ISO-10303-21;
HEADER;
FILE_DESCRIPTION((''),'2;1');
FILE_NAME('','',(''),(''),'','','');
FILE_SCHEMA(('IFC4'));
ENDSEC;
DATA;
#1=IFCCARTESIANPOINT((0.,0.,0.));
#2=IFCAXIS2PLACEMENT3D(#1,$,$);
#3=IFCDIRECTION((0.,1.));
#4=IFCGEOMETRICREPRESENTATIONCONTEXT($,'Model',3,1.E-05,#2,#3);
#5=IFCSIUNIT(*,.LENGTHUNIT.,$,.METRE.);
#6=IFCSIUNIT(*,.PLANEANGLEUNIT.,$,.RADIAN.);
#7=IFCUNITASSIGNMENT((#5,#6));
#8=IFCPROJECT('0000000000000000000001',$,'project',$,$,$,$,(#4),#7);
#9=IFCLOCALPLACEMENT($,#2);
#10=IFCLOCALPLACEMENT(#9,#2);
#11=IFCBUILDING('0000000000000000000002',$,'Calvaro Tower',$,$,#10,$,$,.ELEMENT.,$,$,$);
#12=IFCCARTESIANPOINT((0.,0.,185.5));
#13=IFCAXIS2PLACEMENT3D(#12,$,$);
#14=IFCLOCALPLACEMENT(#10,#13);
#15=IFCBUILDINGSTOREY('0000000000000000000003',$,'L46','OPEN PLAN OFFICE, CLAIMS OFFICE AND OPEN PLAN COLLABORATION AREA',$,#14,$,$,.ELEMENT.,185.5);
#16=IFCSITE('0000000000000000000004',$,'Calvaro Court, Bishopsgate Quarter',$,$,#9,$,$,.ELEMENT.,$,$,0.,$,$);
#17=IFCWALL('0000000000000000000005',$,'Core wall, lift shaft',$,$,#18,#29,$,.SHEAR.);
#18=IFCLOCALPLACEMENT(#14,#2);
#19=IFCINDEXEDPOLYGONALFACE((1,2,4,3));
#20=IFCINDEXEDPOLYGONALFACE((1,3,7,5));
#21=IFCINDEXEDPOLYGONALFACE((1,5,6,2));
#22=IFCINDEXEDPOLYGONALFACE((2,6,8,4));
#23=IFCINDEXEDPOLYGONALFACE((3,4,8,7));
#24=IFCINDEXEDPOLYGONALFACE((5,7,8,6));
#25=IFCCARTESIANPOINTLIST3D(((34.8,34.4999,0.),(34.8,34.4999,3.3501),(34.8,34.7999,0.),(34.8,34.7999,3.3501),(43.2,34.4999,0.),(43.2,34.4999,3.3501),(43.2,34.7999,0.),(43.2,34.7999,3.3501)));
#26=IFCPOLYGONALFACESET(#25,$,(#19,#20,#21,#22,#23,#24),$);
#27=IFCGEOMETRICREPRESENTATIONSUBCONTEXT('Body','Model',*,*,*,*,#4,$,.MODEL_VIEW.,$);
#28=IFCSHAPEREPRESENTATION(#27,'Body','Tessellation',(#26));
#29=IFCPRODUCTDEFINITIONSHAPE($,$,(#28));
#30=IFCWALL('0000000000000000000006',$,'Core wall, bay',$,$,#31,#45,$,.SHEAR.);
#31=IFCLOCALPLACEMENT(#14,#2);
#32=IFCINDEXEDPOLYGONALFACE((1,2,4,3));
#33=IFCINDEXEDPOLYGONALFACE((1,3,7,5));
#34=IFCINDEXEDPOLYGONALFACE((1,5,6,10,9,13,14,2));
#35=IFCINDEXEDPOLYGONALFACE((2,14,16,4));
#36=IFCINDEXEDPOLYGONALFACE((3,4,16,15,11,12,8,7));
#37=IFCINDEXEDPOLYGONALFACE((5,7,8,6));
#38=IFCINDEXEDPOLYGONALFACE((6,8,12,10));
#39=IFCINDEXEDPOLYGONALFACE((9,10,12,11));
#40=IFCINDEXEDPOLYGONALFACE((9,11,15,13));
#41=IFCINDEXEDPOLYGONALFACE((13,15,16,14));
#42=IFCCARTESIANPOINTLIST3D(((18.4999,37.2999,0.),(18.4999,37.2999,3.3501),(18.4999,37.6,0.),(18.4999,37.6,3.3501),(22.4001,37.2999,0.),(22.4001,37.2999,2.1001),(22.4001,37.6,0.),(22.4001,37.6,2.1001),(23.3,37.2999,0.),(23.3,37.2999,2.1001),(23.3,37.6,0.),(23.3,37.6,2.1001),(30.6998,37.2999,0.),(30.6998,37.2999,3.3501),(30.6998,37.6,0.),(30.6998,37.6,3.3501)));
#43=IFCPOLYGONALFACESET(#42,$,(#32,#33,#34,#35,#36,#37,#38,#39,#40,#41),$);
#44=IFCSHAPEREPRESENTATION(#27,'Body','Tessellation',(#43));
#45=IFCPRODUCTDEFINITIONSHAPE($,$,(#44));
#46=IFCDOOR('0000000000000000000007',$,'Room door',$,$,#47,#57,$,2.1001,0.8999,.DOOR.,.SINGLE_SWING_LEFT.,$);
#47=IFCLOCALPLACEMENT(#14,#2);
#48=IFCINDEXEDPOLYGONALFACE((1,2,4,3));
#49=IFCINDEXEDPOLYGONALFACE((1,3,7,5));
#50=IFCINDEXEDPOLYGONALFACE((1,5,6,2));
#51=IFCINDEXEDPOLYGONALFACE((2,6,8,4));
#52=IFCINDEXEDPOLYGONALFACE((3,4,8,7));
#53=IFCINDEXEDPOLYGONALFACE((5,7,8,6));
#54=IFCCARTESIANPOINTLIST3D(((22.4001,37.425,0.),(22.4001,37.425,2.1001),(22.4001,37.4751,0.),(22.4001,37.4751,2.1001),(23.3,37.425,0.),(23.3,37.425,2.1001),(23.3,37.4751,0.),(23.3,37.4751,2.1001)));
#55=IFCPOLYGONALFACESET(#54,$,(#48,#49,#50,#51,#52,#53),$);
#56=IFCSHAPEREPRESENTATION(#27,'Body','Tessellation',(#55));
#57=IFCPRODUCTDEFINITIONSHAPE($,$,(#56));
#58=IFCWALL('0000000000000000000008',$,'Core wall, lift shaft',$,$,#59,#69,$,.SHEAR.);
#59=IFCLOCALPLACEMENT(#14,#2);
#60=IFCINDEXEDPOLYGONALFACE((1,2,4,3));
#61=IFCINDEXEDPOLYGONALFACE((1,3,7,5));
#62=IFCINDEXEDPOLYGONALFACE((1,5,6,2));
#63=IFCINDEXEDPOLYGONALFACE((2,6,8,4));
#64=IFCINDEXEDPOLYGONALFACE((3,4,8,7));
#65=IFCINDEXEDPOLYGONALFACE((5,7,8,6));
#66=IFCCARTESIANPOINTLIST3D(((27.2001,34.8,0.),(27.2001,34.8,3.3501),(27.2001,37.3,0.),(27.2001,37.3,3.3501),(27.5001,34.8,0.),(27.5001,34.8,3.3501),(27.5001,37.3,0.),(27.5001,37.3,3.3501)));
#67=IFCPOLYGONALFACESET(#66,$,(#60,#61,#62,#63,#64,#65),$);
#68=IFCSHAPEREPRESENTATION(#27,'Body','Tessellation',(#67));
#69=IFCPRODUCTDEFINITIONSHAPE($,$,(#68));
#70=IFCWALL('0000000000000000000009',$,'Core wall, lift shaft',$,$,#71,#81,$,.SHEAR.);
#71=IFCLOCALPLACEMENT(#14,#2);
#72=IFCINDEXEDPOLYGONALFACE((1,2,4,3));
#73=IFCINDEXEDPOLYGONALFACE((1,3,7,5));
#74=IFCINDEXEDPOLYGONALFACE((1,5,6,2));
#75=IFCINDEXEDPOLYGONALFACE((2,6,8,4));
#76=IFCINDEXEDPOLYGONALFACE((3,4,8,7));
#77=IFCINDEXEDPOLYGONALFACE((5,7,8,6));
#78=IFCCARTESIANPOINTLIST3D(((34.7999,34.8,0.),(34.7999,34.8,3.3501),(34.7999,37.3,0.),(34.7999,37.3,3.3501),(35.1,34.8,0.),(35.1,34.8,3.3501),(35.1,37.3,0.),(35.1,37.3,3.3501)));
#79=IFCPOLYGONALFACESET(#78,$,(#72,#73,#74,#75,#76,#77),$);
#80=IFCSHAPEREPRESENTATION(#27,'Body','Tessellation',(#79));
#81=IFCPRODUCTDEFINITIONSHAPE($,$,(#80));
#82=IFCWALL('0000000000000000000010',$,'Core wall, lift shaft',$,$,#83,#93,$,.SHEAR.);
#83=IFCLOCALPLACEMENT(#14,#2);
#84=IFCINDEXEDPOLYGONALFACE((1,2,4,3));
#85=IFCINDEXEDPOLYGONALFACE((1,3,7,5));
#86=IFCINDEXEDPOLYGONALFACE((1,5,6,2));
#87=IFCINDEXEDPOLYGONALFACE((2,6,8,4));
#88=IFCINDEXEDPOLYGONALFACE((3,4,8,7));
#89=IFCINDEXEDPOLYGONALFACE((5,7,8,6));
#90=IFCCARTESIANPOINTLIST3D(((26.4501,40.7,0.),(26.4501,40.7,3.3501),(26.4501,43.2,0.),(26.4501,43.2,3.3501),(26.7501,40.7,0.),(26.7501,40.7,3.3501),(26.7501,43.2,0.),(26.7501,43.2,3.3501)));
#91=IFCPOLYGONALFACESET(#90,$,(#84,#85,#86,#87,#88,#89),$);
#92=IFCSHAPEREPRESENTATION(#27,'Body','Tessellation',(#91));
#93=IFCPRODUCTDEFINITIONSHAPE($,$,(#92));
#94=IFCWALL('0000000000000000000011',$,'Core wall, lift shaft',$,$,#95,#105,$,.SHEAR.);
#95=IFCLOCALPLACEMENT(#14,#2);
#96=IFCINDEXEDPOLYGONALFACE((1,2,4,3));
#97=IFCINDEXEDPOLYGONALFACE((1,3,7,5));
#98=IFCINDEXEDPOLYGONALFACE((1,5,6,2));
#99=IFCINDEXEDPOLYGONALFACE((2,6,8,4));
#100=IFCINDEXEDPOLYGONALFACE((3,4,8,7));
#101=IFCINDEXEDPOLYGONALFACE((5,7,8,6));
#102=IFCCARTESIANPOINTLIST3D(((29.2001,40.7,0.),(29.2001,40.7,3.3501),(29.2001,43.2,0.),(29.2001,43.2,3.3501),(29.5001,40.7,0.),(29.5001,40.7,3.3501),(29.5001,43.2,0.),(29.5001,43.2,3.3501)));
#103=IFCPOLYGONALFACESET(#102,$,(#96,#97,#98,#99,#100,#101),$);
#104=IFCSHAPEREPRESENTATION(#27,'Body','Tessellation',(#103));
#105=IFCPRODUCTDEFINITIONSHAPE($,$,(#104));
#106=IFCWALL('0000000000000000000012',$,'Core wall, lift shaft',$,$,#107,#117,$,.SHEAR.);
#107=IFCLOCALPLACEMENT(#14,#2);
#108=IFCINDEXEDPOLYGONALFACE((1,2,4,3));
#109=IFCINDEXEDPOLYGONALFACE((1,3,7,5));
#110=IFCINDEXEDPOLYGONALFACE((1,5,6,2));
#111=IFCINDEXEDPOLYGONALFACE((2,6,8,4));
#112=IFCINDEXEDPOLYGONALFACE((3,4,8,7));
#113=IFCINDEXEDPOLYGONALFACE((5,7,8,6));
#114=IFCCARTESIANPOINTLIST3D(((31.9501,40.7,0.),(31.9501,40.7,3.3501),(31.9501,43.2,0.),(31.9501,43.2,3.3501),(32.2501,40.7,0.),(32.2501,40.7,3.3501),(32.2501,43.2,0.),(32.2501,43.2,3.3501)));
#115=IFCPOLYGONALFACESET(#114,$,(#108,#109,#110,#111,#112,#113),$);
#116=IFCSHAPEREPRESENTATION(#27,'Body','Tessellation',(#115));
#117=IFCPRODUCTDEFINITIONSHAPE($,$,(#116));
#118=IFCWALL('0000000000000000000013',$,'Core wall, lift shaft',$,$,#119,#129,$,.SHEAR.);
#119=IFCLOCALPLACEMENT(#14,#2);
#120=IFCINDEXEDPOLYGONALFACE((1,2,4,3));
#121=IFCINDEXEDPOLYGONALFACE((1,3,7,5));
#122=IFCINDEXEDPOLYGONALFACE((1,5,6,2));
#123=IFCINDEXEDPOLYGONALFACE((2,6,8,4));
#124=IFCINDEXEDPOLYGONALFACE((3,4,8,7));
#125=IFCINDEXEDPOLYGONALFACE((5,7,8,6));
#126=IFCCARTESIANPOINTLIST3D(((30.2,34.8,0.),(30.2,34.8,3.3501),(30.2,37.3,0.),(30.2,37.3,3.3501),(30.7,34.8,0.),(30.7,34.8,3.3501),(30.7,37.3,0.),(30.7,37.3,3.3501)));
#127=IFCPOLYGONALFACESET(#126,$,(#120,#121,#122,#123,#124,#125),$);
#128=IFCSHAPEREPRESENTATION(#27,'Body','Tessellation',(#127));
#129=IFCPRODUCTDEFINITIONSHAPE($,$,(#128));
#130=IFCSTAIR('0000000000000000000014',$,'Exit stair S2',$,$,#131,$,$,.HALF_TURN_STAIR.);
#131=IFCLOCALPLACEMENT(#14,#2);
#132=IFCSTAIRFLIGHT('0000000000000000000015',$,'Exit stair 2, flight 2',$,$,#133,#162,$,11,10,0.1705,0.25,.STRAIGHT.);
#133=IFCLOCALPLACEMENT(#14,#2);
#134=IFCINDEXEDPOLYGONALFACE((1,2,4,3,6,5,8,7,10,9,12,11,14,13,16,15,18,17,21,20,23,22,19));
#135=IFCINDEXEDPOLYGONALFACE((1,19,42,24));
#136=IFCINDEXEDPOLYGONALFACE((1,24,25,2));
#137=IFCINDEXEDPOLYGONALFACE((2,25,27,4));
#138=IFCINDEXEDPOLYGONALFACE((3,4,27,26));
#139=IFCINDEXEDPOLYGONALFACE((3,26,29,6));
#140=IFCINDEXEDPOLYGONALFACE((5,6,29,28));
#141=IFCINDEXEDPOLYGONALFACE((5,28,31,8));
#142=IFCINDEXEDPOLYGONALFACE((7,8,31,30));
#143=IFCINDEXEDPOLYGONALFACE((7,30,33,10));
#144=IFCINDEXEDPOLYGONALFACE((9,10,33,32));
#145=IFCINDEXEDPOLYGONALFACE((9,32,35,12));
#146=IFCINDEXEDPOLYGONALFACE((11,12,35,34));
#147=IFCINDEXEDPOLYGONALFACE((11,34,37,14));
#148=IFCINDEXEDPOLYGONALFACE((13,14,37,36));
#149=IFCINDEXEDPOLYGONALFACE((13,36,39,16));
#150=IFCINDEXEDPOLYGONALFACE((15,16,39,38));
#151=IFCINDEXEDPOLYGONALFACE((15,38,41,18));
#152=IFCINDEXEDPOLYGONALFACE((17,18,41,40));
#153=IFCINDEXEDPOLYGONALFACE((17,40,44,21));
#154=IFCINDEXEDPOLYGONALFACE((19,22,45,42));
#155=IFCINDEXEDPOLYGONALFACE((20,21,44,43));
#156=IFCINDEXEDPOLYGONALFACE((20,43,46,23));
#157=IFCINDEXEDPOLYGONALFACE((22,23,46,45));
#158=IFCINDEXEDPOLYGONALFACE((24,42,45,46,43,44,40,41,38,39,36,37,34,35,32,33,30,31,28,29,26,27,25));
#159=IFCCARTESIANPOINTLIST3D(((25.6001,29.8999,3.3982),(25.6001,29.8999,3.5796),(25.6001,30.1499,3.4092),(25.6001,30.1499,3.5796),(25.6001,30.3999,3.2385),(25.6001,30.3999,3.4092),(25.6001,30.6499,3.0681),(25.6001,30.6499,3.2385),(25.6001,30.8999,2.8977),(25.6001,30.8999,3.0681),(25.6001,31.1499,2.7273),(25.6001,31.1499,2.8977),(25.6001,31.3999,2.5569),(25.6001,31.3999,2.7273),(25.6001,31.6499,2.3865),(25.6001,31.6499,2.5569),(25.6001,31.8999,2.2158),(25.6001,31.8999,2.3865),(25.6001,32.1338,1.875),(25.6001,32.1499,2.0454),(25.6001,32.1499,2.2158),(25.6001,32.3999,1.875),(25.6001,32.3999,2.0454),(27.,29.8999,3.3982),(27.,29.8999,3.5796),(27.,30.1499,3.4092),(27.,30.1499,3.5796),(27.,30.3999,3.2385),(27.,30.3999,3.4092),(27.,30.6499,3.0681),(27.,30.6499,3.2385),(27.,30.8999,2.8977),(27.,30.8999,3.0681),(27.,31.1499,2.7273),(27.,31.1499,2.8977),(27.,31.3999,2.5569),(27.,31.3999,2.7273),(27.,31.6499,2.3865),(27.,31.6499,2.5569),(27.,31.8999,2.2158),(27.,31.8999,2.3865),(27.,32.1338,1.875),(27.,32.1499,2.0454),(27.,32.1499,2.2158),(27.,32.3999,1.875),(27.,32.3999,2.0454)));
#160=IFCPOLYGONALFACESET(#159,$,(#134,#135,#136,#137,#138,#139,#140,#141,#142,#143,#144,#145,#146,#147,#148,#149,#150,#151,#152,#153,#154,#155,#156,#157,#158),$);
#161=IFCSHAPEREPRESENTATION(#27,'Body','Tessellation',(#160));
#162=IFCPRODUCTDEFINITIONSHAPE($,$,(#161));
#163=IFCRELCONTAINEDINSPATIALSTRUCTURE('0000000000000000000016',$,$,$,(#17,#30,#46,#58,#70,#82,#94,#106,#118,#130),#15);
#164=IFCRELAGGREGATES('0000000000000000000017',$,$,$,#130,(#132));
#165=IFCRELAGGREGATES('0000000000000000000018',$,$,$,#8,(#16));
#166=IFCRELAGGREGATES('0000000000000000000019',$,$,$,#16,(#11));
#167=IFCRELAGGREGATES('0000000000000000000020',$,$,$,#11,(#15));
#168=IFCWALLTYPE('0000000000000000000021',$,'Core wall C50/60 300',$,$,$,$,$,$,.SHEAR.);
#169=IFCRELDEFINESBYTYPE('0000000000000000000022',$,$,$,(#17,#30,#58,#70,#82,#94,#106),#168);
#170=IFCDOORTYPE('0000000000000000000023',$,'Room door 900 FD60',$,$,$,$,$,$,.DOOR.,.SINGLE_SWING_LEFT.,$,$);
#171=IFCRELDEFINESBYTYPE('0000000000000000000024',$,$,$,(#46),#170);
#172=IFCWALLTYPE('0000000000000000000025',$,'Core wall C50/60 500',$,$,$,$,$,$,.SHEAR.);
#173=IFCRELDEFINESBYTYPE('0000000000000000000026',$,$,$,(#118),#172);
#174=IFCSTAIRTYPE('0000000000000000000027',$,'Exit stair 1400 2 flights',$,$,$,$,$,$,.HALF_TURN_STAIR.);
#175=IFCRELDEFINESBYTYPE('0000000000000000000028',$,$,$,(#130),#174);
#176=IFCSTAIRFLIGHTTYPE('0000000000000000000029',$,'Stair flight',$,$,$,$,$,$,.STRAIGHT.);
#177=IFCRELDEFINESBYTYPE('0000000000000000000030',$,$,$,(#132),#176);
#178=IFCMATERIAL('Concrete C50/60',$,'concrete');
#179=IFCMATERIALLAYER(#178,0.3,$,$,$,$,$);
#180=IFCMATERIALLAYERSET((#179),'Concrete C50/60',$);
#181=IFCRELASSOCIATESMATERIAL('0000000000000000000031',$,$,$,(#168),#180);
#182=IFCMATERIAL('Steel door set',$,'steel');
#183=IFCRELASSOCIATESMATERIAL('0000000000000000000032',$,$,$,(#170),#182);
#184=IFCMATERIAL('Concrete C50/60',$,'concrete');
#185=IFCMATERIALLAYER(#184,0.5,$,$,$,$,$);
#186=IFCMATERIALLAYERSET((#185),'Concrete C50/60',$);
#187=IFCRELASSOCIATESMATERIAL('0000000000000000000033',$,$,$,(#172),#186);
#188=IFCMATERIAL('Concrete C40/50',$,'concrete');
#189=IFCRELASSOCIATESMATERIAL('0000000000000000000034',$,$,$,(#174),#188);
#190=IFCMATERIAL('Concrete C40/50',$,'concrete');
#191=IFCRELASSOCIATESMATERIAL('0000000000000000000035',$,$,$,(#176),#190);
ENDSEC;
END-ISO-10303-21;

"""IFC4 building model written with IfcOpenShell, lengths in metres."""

from ifc_helpers import new_model, si_unit, direction, frame, frame_2d, origin, place, context, subcontext, project, spatial, polyline, rectangle, outline, extrude, material, layer, layer_set, type_object, element, fill, aggregate, save


model = new_model("IFC4")

# Units and contexts
model_context = context("Model", 3, precision=1e-05, world=origin(), true_north=direction((0.0, 1.0)))
body_context = subcontext(model_context, "Body", "Model", "MODEL_VIEW")
ifc_project = project(units=[si_unit("LENGTHUNIT", "METRE"), si_unit("PLANEANGLEUNIT", "RADIAN")], contexts=[model_context])

# Site, building, storey
site_placement = place(None, origin())
site = spatial("IfcSite", under=ifc_project, at=site_placement, Name="Calvaro Court, Bishopsgate Quarter", CompositionType="ELEMENT", RefElevation=0.0)
building_placement = place(site_placement, origin())
building = spatial("IfcBuilding", under=site, at=building_placement, Name="Calvaro Tower", CompositionType="ELEMENT")
storey_placement = place(building_placement, frame((0.0, 0.0, 185.5)))
storey = spatial("IfcBuildingStorey", under=building, at=storey_placement, Name="L46", Description="OPEN PLAN OFFICE, CLAIMS OFFICE AND OPEN PLAN COLLABORATION AREA", CompositionType="ELEMENT", Elevation=185.5)

# Wall
ifc_material_1 = material(Name="Concrete C50/60", Category="concrete")
ifc_layer_1 = layer(ifc_material_1, 0.3)
ifc_layer_set_1 = layer_set([ifc_layer_1], Name="Concrete C50/60")
wall_type_1 = type_object("IfcWallType", Name="Core wall C50/60 300", PredefinedType="SHEAR", material=ifc_layer_set_1)
wall_1_placement = place(storey_placement, frame((34.8, 34.6499, 0.0), z_axis=(0.0, 0.0, 1.0), x_axis=(1.0, 0.0, 0.0)))
element("IfcWall", 1, at=wall_1_placement, inside=storey, type_object=wall_type_1, Name="Core wall, lift shaft", PredefinedType="SHEAR", context=body_context, shape_type="SweptSolid", body=[
    extrude(rectangle(XDim=8.3999, YDim=0.3, at=frame_2d((4.2, 0.0))), origin(), (0.0, 0.0, 1.0), 3.3501),
])

# Wall, opening, door
wall_2_placement = place(storey_placement, frame((30.7, 37.45, 0.0), z_axis=(0.0, 0.0, 1.0), x_axis=(-1.0, 0.0, 0.0)))
wall_2 = element("IfcWall", 2, at=wall_2_placement, inside=storey, type_object=wall_type_1, Name="Core wall, bay", PredefinedType="SHEAR", context=body_context, shape_type="SweptSolid", body=[
    extrude(rectangle(XDim=12.2, YDim=0.3, at=frame_2d((6.1001, 0.0))), origin(), (0.0, 0.0, 1.0), 3.3501),
])
opening_placement = place(wall_2_placement, frame((7.3999, 0.0, 0.0)))
opening = element("IfcOpeningElement", 3, at=opening_placement, cuts=wall_2, PredefinedType="OPENING", context=body_context, shape_type="SweptSolid", body=[
    extrude(rectangle(XDim=0.8999, YDim=2.1001, at=frame_2d((0.45, 1.05))), frame((0.0, 0.1599, 0.0), z_axis=(0.0, -1.0, 0.0), x_axis=(1.0, 0.0, 0.0)), (0.0, 0.0, 1.0), 0.3201),
])
ifc_material_2 = material(Name="Steel door set", Category="steel")
door_type = type_object("IfcDoorType", Name="Room door 900 FD60", OperationType="SINGLE_SWING_LEFT", PredefinedType="DOOR", material=ifc_material_2)
door_placement = place(opening_placement, origin())
door = element("IfcDoor", 4, at=door_placement, inside=storey, type_object=door_type, Name="Room door", OperationType="SINGLE_SWING_LEFT", OverallHeight=2.1001, OverallWidth=0.8999, PredefinedType="DOOR", context=body_context, shape_type="SweptSolid", body=[
    extrude(rectangle(XDim=0.8999, YDim=2.1001, at=frame_2d((0.45, 1.05))), frame((0.0, 0.0249, 0.0), z_axis=(0.0, -1.0, 0.0), x_axis=(1.0, 0.0, 0.0)), (0.0, 0.0, 1.0), 0.05),
])
fill(opening, door)

# Walls
for number, where, z_axis, x_axis, name in (
    (5, (27.3501, 34.8, 0.0), (0.0, 0.0, 1.0), (0.0, 1.0, 0.0), "Core wall, lift shaft"),
    (6, (34.95, 34.8, 0.0), (0.0, 0.0, 1.0), (0.0, 1.0, 0.0), "Core wall, lift shaft"),
    (7, (26.6001, 40.7, 0.0), (0.0, 0.0, 1.0), (0.0, 1.0, 0.0), "Core wall, lift shaft"),
    (8, (29.3501, 40.7, 0.0), (0.0, 0.0, 1.0), (0.0, 1.0, 0.0), "Core wall, lift shaft"),
    (9, (32.1001, 40.7, 0.0), (0.0, 0.0, 1.0), (0.0, 1.0, 0.0), "Core wall, lift shaft"),
):
    element("IfcWall", number, at=place(storey_placement, frame(where, z_axis=z_axis, x_axis=x_axis)), inside=storey, type_object=wall_type_1, Name=name, PredefinedType="SHEAR", context=body_context, shape_type="SweptSolid", body=[
        extrude(rectangle(XDim=2.5, YDim=0.3, at=frame_2d((1.25, 0.0))), origin(), (0.0, 0.0, 1.0), 3.3501),
    ])
ifc_material_3 = material(Name="Concrete C50/60", Category="concrete")
ifc_layer_2 = layer(ifc_material_3, 0.5)
ifc_layer_set_2 = layer_set([ifc_layer_2], Name="Concrete C50/60")
wall_type_2 = type_object("IfcWallType", Name="Core wall C50/60 500", PredefinedType="SHEAR", material=ifc_layer_set_2)
wall_3_placement = place(storey_placement, frame((30.45, 34.8, 0.0), z_axis=(0.0, 0.0, 1.0), x_axis=(0.0, 1.0, 0.0)))
element("IfcWall", 10, at=wall_3_placement, inside=storey, type_object=wall_type_2, Name="Core wall, lift shaft", PredefinedType="SHEAR", context=body_context, shape_type="SweptSolid", body=[
    extrude(rectangle(XDim=2.5, YDim=0.5, at=frame_2d((1.25, 0.0))), origin(), (0.0, 0.0, 1.0), 3.3501),
])

# Stair, stair flight
ifc_material_4 = material(Name="Concrete C40/50", Category="concrete")
stair_type = type_object("IfcStairType", Name="Exit stair 1400 2 flights", PredefinedType="HALF_TURN_STAIR", material=ifc_material_4)
stair_placement = place(storey_placement, origin())
stair = element("IfcStair", 11, at=stair_placement, inside=storey, type_object=stair_type, Name="Exit stair S2", PredefinedType="HALF_TURN_STAIR")
ifc_material_5 = material(Name="Concrete C40/50", Category="concrete")
stair_flight_type = type_object("IfcStairFlightType", Name="Stair flight", PredefinedType="STRAIGHT", material=ifc_material_5)
stair_flight_placement = place(storey_placement, frame((26.3, 32.3999, 1.875), z_axis=(0.0, 0.0, 1.0), x_axis=(0.0, -1.0, 0.0)))
stair_flight = element("IfcStairFlight", 12, at=stair_flight_placement, type_object=stair_flight_type, Name="Exit stair 2, flight 2", NumberOfRisers=11, NumberOfTreads=10, PredefinedType="STRAIGHT", RiserHeight=0.1705, TreadLength=0.25, context=body_context, shape_type="SweptSolid", body=[
    extrude(outline(polyline([(0.0, 0.0), (0.0, 0.1704), (0.25, 0.1704), (0.25, 0.3408), (0.5, 0.3408), (0.5, 0.5115), (0.75, 0.5115), (0.75, 0.6819), (1.0, 0.6819), (1.0, 0.8523), (1.25, 0.8523), (1.25, 1.0227), (1.5, 1.0227), (1.5, 1.1931), (1.75, 1.1931), (1.75, 1.3635), (2.0, 1.3635), (2.0, 1.5342), (2.25, 1.5342), (2.25, 1.7046), (2.5, 1.7046), (2.5, 1.875), (2.5, 1.5232), (0.2661, 0.0), (0.0, 0.0)])), frame((0.0, 0.7, 0.0), z_axis=(0.0, -1.0, 0.0), x_axis=(1.0, 0.0, 0.0)), (0.0, 0.0, 1.0), 1.3999),
])
aggregate(stair, [stair_flight])

save(model, "model.ifc")
